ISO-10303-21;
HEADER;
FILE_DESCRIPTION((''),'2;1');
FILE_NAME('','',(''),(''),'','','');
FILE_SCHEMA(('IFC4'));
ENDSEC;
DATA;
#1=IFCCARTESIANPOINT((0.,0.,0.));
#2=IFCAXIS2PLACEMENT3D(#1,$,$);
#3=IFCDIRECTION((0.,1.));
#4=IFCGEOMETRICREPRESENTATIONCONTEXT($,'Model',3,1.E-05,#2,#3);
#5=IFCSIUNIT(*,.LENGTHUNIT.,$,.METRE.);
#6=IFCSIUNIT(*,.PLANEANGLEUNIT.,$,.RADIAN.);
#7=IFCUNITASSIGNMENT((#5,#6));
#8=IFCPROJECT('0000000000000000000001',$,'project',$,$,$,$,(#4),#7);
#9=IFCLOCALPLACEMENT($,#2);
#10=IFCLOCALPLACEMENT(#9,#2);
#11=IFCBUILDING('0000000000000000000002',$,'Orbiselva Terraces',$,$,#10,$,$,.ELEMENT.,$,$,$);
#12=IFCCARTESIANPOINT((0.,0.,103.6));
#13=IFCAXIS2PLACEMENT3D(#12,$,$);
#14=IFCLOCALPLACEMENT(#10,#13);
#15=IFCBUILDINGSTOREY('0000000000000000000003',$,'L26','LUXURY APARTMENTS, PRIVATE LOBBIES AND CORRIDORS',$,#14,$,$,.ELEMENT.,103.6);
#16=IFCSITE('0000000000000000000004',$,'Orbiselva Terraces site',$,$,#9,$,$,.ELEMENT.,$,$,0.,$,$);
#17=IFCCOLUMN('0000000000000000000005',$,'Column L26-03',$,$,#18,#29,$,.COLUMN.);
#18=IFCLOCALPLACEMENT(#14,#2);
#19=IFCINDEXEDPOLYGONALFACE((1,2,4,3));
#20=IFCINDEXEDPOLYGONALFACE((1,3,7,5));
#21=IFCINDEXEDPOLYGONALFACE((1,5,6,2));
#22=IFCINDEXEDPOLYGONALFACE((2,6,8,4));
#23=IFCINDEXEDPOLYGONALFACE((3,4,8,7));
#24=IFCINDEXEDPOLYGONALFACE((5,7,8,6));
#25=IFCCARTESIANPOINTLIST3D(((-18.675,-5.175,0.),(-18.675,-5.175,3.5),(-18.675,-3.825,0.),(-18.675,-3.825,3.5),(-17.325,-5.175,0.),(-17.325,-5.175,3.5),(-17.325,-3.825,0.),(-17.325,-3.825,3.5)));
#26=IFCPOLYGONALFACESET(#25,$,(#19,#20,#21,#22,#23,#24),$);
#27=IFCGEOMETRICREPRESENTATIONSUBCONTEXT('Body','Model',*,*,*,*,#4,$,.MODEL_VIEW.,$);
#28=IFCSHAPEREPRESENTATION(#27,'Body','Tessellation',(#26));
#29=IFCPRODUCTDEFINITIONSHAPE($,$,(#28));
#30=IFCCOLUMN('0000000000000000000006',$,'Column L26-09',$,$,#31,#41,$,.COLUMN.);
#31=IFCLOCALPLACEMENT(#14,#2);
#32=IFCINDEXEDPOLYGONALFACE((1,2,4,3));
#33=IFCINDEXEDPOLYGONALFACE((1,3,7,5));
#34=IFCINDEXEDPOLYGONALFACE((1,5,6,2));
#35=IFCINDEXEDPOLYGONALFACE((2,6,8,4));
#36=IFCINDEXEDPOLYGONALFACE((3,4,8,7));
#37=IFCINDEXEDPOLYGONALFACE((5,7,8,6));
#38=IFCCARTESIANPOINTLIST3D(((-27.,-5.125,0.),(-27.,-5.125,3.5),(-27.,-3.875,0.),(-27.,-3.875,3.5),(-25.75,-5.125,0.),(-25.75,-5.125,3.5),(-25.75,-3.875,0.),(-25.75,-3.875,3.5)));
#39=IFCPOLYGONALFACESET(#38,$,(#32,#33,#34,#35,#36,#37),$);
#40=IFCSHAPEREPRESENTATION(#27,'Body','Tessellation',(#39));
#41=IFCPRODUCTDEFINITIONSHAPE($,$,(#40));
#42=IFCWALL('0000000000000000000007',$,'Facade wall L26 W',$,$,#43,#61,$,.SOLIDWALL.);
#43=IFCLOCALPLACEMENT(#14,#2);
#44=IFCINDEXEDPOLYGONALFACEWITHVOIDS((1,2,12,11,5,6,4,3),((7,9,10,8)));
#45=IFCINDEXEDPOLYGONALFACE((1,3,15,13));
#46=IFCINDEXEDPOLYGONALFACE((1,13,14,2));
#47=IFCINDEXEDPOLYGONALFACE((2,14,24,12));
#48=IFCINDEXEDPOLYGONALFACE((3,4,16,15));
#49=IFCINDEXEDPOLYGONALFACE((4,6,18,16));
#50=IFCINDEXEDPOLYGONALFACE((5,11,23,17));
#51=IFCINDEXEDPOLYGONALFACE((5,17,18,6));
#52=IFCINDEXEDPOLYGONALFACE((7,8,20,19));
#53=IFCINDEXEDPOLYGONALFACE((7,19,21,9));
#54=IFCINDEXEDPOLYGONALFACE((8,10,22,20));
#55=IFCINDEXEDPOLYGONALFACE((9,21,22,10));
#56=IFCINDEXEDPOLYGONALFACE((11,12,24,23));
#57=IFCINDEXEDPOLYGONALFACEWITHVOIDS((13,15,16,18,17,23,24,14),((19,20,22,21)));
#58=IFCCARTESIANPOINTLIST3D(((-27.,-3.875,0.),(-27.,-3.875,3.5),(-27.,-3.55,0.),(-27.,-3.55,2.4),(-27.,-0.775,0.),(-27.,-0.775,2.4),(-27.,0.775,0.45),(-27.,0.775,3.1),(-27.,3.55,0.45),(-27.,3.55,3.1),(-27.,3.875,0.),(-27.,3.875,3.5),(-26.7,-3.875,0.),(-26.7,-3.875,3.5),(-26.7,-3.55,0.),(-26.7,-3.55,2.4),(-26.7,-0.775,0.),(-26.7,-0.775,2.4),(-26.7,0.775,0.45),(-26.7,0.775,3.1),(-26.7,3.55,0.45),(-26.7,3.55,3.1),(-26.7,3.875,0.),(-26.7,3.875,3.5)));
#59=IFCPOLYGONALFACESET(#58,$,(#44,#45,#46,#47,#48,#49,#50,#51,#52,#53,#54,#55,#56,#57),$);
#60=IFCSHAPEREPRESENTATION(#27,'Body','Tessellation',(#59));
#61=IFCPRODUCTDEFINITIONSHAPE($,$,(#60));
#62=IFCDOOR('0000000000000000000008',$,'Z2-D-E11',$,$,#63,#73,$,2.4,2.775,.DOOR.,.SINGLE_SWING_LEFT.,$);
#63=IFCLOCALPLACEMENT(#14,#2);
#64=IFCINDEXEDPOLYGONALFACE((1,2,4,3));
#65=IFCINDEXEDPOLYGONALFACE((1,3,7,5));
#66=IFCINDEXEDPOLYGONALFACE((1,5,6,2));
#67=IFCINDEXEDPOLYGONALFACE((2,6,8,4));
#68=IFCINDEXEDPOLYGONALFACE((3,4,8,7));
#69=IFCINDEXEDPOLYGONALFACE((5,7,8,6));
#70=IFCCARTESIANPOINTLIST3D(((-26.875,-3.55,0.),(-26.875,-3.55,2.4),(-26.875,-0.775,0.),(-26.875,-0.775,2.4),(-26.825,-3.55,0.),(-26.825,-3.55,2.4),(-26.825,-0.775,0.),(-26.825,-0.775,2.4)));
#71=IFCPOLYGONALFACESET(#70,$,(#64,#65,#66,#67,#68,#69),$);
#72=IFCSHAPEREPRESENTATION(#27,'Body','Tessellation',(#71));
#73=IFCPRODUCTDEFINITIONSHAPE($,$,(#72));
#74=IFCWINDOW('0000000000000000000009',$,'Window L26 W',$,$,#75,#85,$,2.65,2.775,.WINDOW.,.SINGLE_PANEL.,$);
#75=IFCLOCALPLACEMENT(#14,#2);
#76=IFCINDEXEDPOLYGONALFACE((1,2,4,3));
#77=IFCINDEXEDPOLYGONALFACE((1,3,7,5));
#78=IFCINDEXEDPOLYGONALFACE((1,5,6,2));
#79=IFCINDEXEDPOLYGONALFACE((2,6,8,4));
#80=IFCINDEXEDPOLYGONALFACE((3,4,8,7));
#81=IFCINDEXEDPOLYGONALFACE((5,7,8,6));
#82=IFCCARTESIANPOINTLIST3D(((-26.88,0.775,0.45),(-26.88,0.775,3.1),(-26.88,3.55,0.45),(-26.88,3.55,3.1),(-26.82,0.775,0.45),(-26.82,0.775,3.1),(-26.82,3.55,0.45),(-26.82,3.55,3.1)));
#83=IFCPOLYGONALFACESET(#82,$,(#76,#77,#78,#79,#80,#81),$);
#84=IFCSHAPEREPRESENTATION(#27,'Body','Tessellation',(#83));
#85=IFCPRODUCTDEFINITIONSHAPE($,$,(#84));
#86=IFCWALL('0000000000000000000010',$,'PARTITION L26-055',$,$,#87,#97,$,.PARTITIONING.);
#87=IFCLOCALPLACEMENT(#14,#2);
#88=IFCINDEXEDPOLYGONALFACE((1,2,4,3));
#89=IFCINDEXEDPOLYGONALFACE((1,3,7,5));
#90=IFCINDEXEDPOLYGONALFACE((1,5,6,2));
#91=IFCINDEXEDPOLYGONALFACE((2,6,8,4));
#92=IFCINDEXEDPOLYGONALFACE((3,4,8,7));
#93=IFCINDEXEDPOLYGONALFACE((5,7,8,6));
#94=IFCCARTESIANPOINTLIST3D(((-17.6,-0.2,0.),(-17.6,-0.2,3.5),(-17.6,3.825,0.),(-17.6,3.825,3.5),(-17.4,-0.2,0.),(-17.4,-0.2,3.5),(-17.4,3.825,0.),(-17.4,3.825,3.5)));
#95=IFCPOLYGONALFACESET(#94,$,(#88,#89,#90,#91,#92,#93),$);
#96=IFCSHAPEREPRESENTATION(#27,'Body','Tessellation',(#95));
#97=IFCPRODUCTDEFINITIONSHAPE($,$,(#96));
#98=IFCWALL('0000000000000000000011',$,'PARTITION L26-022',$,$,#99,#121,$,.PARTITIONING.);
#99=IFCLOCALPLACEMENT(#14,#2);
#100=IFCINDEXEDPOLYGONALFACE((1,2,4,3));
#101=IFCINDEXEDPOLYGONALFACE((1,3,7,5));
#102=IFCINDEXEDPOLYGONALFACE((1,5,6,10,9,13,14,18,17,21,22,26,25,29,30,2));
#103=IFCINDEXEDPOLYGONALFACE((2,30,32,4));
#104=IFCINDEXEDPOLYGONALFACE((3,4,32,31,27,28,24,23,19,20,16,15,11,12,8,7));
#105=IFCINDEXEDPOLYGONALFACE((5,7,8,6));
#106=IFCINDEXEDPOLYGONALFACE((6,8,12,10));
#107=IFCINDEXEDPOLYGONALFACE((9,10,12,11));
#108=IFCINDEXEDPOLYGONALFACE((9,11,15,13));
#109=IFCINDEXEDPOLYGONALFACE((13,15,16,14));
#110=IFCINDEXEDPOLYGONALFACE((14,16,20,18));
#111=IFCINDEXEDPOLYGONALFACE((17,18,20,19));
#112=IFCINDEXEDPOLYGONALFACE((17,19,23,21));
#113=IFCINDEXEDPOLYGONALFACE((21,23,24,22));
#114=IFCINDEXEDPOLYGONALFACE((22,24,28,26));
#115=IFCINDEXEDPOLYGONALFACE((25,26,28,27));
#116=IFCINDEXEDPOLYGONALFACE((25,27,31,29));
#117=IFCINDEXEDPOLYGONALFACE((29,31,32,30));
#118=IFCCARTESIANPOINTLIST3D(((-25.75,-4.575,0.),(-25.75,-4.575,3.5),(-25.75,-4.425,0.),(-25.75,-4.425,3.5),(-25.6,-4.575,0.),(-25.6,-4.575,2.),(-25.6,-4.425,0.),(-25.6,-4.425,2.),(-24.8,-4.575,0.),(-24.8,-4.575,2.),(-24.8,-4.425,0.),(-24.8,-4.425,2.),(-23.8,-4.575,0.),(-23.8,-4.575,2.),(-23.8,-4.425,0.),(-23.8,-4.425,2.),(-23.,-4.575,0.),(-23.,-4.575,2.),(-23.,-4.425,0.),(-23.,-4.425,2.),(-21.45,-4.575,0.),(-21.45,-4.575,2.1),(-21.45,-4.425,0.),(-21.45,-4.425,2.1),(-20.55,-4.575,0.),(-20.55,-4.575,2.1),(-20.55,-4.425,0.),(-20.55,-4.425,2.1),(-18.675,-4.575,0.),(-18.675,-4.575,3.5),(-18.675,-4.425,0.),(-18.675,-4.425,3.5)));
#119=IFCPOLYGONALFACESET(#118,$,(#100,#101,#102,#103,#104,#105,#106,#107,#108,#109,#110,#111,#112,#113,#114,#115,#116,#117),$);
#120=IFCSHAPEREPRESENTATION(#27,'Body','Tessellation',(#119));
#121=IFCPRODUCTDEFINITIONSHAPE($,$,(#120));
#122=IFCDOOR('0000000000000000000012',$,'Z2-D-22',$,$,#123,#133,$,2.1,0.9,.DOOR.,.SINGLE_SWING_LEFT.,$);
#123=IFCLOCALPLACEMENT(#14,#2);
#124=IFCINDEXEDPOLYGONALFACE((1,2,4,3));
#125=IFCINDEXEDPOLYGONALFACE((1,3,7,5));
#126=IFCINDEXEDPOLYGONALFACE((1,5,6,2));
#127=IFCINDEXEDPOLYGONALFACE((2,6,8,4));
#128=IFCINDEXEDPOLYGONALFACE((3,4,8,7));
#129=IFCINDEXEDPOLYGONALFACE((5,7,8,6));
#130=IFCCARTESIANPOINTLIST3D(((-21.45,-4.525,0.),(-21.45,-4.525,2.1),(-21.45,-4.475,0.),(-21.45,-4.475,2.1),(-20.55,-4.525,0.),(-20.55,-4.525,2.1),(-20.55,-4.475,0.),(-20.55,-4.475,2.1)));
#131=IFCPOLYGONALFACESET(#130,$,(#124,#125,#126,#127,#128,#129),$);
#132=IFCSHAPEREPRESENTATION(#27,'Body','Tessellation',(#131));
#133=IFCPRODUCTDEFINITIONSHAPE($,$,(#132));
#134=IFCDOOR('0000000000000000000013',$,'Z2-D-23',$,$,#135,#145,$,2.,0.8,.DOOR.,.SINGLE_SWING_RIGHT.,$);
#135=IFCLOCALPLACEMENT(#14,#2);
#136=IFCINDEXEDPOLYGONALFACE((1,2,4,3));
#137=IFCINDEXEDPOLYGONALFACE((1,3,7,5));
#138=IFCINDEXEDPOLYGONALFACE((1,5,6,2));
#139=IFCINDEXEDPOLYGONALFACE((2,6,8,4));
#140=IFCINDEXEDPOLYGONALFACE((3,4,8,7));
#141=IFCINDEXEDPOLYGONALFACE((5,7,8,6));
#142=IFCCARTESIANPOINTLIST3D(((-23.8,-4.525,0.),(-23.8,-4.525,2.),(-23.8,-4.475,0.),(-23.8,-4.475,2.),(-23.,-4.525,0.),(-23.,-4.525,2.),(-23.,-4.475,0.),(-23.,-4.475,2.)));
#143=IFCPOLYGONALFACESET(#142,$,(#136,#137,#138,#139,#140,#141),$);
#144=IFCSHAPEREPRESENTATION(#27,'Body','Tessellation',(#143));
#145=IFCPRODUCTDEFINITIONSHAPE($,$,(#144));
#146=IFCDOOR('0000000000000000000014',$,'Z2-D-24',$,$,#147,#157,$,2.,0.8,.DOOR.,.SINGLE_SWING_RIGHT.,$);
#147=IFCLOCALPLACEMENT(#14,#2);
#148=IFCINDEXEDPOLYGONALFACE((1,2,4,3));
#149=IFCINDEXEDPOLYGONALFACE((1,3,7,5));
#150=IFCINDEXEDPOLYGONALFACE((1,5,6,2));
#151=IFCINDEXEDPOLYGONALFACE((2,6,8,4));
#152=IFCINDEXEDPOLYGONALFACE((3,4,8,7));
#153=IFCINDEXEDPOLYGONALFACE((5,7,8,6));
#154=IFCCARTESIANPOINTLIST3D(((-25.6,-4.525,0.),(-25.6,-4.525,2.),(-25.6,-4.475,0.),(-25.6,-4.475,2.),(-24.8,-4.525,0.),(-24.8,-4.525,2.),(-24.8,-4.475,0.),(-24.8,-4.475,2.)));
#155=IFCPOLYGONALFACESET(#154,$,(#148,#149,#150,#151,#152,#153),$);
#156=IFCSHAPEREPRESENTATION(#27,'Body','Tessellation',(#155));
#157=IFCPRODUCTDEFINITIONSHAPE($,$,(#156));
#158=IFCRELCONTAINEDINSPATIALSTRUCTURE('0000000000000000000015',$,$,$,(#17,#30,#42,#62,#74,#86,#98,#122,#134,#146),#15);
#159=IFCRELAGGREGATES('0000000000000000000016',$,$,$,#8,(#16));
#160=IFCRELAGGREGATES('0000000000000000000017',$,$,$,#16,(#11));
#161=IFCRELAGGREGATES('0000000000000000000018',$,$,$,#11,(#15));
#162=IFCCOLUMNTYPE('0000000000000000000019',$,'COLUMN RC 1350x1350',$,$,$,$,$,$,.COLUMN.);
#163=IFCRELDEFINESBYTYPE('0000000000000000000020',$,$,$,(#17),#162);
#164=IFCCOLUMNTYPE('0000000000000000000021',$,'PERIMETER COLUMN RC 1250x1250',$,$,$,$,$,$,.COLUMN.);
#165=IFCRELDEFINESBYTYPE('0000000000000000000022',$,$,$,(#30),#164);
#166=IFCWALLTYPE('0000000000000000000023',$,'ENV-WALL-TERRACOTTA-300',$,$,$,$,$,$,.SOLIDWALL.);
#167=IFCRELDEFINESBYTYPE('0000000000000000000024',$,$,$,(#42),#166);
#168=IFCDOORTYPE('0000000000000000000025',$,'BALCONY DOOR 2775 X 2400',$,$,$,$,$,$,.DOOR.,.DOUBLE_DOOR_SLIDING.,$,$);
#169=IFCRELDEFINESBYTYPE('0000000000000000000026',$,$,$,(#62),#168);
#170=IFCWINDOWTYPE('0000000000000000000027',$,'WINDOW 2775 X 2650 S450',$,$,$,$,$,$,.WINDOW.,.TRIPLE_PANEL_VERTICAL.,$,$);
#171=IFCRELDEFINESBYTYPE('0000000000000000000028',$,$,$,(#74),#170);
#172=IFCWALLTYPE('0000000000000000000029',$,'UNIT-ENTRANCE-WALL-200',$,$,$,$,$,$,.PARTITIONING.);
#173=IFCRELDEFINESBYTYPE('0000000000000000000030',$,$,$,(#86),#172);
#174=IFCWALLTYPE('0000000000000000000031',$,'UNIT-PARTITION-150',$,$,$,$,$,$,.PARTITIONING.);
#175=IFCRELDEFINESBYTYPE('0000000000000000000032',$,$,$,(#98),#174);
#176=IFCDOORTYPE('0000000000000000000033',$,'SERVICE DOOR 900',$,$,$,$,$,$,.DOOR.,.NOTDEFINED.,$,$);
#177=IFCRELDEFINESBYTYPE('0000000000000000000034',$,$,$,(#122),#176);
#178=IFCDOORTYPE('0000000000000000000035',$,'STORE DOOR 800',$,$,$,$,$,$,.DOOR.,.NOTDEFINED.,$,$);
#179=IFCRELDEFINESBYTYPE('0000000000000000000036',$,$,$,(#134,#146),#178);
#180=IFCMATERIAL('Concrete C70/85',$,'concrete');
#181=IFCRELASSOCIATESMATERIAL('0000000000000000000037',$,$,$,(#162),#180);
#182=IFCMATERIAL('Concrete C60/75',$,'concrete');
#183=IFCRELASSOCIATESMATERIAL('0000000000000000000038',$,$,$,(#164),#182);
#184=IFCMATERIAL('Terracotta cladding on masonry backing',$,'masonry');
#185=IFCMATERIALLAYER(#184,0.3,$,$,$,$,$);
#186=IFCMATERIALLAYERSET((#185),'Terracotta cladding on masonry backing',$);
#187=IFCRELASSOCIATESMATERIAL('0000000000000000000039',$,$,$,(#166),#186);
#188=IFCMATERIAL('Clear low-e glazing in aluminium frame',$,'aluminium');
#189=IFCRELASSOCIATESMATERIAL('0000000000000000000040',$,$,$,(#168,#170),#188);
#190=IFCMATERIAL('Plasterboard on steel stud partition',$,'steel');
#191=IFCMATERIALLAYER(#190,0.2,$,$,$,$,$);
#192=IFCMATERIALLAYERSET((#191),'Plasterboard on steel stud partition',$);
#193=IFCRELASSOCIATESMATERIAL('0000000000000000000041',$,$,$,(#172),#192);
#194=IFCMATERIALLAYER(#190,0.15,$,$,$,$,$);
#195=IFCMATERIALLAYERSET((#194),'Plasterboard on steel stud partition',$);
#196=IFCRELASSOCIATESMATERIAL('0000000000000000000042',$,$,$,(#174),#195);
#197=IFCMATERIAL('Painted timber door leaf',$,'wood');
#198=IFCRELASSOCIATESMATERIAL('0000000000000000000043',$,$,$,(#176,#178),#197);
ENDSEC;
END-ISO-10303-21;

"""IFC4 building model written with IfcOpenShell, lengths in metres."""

from ifc_helpers import new_model, si_unit, direction, frame, frame_2d, origin, origin_2d, place, context, subcontext, project, spatial, rectangle, extrude, material, layer, layer_set, material_profile, profile_set, type_object, element, fill, save


model = new_model("IFC4")

# Units and contexts
model_context = context("Model", 3, precision=1e-05, world=origin(), true_north=direction((0.0, 1.0)))
body_context = subcontext(model_context, "Body", "Model", "MODEL_VIEW")
ifc_project = project(units=[si_unit("LENGTHUNIT", "METRE"), si_unit("PLANEANGLEUNIT", "RADIAN")], contexts=[model_context])

# Site, building, storey
site_placement = place(None, origin())
site = spatial("IfcSite", under=ifc_project, at=site_placement, Name="Orbiselva Terraces site", CompositionType="ELEMENT", RefElevation=0.0)
building_placement = place(site_placement, origin())
building = spatial("IfcBuilding", under=site, at=building_placement, Name="Orbiselva Terraces", CompositionType="ELEMENT")
storey_placement = place(building_placement, frame((0.0, 0.0, 103.6)))
storey = spatial("IfcBuildingStorey", under=building, at=storey_placement, Name="L26", Description="LUXURY APARTMENTS, PRIVATE LOBBIES AND CORRIDORS", CompositionType="ELEMENT", Elevation=103.6)

# Columns
ifc_material_1 = material(Name="Concrete C70/85", Category="concrete")
ifc_material_profile_1 = material_profile(ifc_material_1, rectangle(XDim=1.35, YDim=1.35, at=origin_2d()), Name="RC 1350x1350")
ifc_profile_set_1 = profile_set([ifc_material_profile_1], Name="Concrete C70/85")
column_type_1 = type_object("IfcColumnType", Name="COLUMN RC 1350x1350", PredefinedType="COLUMN", material=ifc_profile_set_1)
column_1_placement = place(storey_placement, frame((-18.0, -4.5, 0.0), z_axis=(0.0, 0.0, 1.0), x_axis=(1.0, 0.0, 0.0)))
element("IfcColumn", 1, at=column_1_placement, inside=storey, type_object=column_type_1, Name="Column L26-03", PredefinedType="COLUMN", context=body_context, shape_type="SweptSolid", body=[
    extrude(rectangle(XDim=1.35, YDim=1.35, at=origin_2d()), origin(), (0.0, 0.0, 1.0), 3.5),
])
ifc_material_2 = material(Name="Concrete C60/75", Category="concrete")
ifc_material_profile_2 = material_profile(ifc_material_2, rectangle(XDim=1.25, YDim=1.25, at=origin_2d()), Name="RC 1250x1250")
ifc_profile_set_2 = profile_set([ifc_material_profile_2], Name="Concrete C60/75")
column_type_2 = type_object("IfcColumnType", Name="PERIMETER COLUMN RC 1250x1250", PredefinedType="COLUMN", material=ifc_profile_set_2)
column_2_placement = place(storey_placement, frame((-26.375, -4.5, 0.0), z_axis=(0.0, 0.0, 1.0), x_axis=(1.0, 0.0, 0.0)))
element("IfcColumn", 2, at=column_2_placement, inside=storey, type_object=column_type_2, Name="Column L26-09", PredefinedType="COLUMN", context=body_context, shape_type="SweptSolid", body=[
    extrude(rectangle(XDim=1.25, YDim=1.25, at=origin_2d()), origin(), (0.0, 0.0, 1.0), 3.5),
])

# Wall, openings, door, window
ifc_material_3 = material(Name="Terracotta cladding on masonry backing", Category="masonry")
ifc_layer_1 = layer(ifc_material_3, 0.3)
ifc_layer_set_1 = layer_set([ifc_layer_1], Name="Terracotta cladding on masonry backing")
wall_type_1 = type_object("IfcWallType", Name="ENV-WALL-TERRACOTTA-300", PredefinedType="SOLIDWALL", material=ifc_layer_set_1)
wall_1_placement = place(storey_placement, frame((-26.85, -3.875, 0.0), z_axis=(0.0, 0.0, 1.0), x_axis=(0.0, 1.0, 0.0)))
wall_1 = element("IfcWall", 3, at=wall_1_placement, inside=storey, type_object=wall_type_1, Name="Facade wall L26 W", PredefinedType="SOLIDWALL", context=body_context, shape_type="SweptSolid", body=[
    extrude(rectangle(XDim=7.75, YDim=0.3, at=frame_2d((3.875, 0.0))), origin(), (0.0, 0.0, 1.0), 3.5),
])
opening_1_placement = place(wall_1_placement, frame((4.65, 0.0, 0.45)))
opening_1 = element("IfcOpeningElement", 4, at=opening_1_placement, cuts=wall_1, PredefinedType="OPENING", context=body_context, shape_type="SweptSolid", body=[
    extrude(rectangle(XDim=2.775, YDim=2.65, at=frame_2d((1.3875, 1.325))), frame((0.0, 0.16, 0.0), z_axis=(0.0, -1.0, 0.0), x_axis=(1.0, 0.0, 0.0)), (0.0, 0.0, 1.0), 0.32),
])
opening_2_placement = place(wall_1_placement, frame((0.325, 0.0, 0.0)))
opening_2 = element("IfcOpeningElement", 5, at=opening_2_placement, cuts=wall_1, PredefinedType="OPENING", context=body_context, shape_type="SweptSolid", body=[
    extrude(rectangle(XDim=2.775, YDim=2.4, at=frame_2d((1.3875, 1.2))), frame((0.0, 0.16, 0.0), z_axis=(0.0, -1.0, 0.0), x_axis=(1.0, 0.0, 0.0)), (0.0, 0.0, 1.0), 0.32),
])
ifc_material_4 = material(Name="Clear low-e glazing in aluminium frame", Category="aluminium")
door_type_1 = type_object("IfcDoorType", Name="BALCONY DOOR 2775 X 2400", OperationType="DOUBLE_DOOR_SLIDING", PredefinedType="DOOR", material=ifc_material_4)
door_1_placement = place(opening_2_placement, origin())
door_1 = element("IfcDoor", 6, at=door_1_placement, inside=storey, type_object=door_type_1, Name="Z2-D-E11", OperationType="SINGLE_SWING_LEFT", OverallHeight=2.4, OverallWidth=2.775, PredefinedType="DOOR", context=body_context, shape_type="SweptSolid", body=[
    extrude(rectangle(XDim=2.775, YDim=2.4, at=frame_2d((1.3875, 1.2))), frame((0.0, 0.025, 0.0), z_axis=(0.0, -1.0, 0.0), x_axis=(1.0, 0.0, 0.0)), (0.0, 0.0, 1.0), 0.05),
])
fill(opening_2, door_1)
window_type = type_object("IfcWindowType", Name="WINDOW 2775 X 2650 S450", PartitioningType="TRIPLE_PANEL_VERTICAL", PredefinedType="WINDOW", material=ifc_material_4)
window_placement = place(opening_1_placement, origin())
window = element("IfcWindow", 7, at=window_placement, inside=storey, type_object=window_type, Name="Window L26 W", OverallHeight=2.65, OverallWidth=2.775, PartitioningType="SINGLE_PANEL", PredefinedType="WINDOW", context=body_context, shape_type="SweptSolid", body=[
    extrude(rectangle(XDim=2.775, YDim=2.65, at=frame_2d((1.3875, 1.325))), frame((0.0, 0.03, 0.0), z_axis=(0.0, -1.0, 0.0), x_axis=(1.0, 0.0, 0.0)), (0.0, 0.0, 1.0), 0.06),
])
fill(opening_1, window)

# Wall
ifc_material_5 = material(Name="Plasterboard on steel stud partition", Category="steel")
ifc_layer_2 = layer(ifc_material_5, 0.2)
ifc_layer_set_2 = layer_set([ifc_layer_2], Name="Plasterboard on steel stud partition")
wall_type_2 = type_object("IfcWallType", Name="UNIT-ENTRANCE-WALL-200", PredefinedType="PARTITIONING", material=ifc_layer_set_2)
wall_2_placement = place(storey_placement, frame((-17.5, -0.2, 0.0), z_axis=(0.0, 0.0, 1.0), x_axis=(0.0, 1.0, 0.0)))
element("IfcWall", 8, at=wall_2_placement, inside=storey, type_object=wall_type_2, Name="PARTITION L26-055", PredefinedType="PARTITIONING", context=body_context, shape_type="SweptSolid", body=[
    extrude(rectangle(XDim=4.025, YDim=0.2, at=frame_2d((2.0125, 0.0))), origin(), (0.0, 0.0, 1.0), 3.5),
])

# Wall, openings, doors
ifc_layer_3 = layer(ifc_material_5, 0.15)
ifc_layer_set_3 = layer_set([ifc_layer_3], Name="Plasterboard on steel stud partition")
wall_type_3 = type_object("IfcWallType", Name="UNIT-PARTITION-150", PredefinedType="PARTITIONING", material=ifc_layer_set_3)
wall_3_placement = place(storey_placement, frame((-18.675, -4.5, 0.0), z_axis=(0.0, 0.0, 1.0), x_axis=(-1.0, 0.0, 0.0)))
wall_3 = element("IfcWall", 9, at=wall_3_placement, inside=storey, type_object=wall_type_3, Name="PARTITION L26-022", PredefinedType="PARTITIONING", context=body_context, shape_type="SweptSolid", body=[
    extrude(rectangle(XDim=7.075, YDim=0.15, at=frame_2d((3.5375, 0.0))), origin(), (0.0, 0.0, 1.0), 3.5),
])
opening_3_placement = place(wall_3_placement, frame((1.875, 0.0, 0.0)))
opening_3 = element("IfcOpeningElement", 10, at=opening_3_placement, cuts=wall_3, PredefinedType="OPENING", context=body_context, shape_type="SweptSolid", body=[
    extrude(rectangle(XDim=0.9, YDim=2.1, at=frame_2d((0.45, 1.05))), frame((0.0, 0.085, 0.0), z_axis=(0.0, -1.0, 0.0), x_axis=(1.0, 0.0, 0.0)), (0.0, 0.0, 1.0), 0.17),
])
opening_4_placement = place(wall_3_placement, frame((4.325, 0.0, 0.0)))
opening_4 = element("IfcOpeningElement", 11, at=opening_4_placement, cuts=wall_3, PredefinedType="OPENING", context=body_context, shape_type="SweptSolid", body=[
    extrude(rectangle(XDim=0.8, YDim=2.0, at=frame_2d((0.4, 1.0))), frame((0.0, 0.085, 0.0), z_axis=(0.0, -1.0, 0.0), x_axis=(1.0, 0.0, 0.0)), (0.0, 0.0, 1.0), 0.17),
])
opening_5_placement = place(wall_3_placement, frame((6.125, 0.0, 0.0)))
opening_5 = element("IfcOpeningElement", 12, at=opening_5_placement, cuts=wall_3, PredefinedType="OPENING", context=body_context, shape_type="SweptSolid", body=[
    extrude(rectangle(XDim=0.8, YDim=2.0, at=frame_2d((0.4, 1.0))), frame((0.0, 0.085, 0.0), z_axis=(0.0, -1.0, 0.0), x_axis=(1.0, 0.0, 0.0)), (0.0, 0.0, 1.0), 0.17),
])
ifc_material_6 = material(Name="Painted timber door leaf", Category="wood")
door_type_2 = type_object("IfcDoorType", Name="SERVICE DOOR 900", OperationType="NOTDEFINED", PredefinedType="DOOR", material=ifc_material_6)
door_2_placement = place(opening_3_placement, origin())
door_2 = element("IfcDoor", 13, at=door_2_placement, inside=storey, type_object=door_type_2, Name="Z2-D-22", OperationType="SINGLE_SWING_LEFT", OverallHeight=2.1, OverallWidth=0.9, PredefinedType="DOOR", context=body_context, shape_type="SweptSolid", body=[
    extrude(rectangle(XDim=0.9, YDim=2.1, at=frame_2d((0.45, 1.05))), frame((0.0, 0.025, 0.0), z_axis=(0.0, -1.0, 0.0), x_axis=(1.0, 0.0, 0.0)), (0.0, 0.0, 1.0), 0.05),
])
fill(opening_3, door_2)
door_type_3 = type_object("IfcDoorType", Name="STORE DOOR 800", OperationType="NOTDEFINED", PredefinedType="DOOR", material=ifc_material_6)
door_3_placement = place(opening_4_placement, origin())
door_3 = element("IfcDoor", 14, at=door_3_placement, inside=storey, type_object=door_type_3, Name="Z2-D-23", OperationType="SINGLE_SWING_RIGHT", OverallHeight=2.0, OverallWidth=0.8, PredefinedType="DOOR", context=body_context, shape_type="SweptSolid", body=[
    extrude(rectangle(XDim=0.8, YDim=2.0, at=frame_2d((0.4, 1.0))), frame((0.0, 0.025, 0.0), z_axis=(0.0, -1.0, 0.0), x_axis=(1.0, 0.0, 0.0)), (0.0, 0.0, 1.0), 0.05),
])
fill(opening_4, door_3)
door_4_placement = place(opening_5_placement, origin())
door_4 = element("IfcDoor", 15, at=door_4_placement, inside=storey, type_object=door_type_3, Name="Z2-D-24", OperationType="SINGLE_SWING_RIGHT", OverallHeight=2.0, OverallWidth=0.8, PredefinedType="DOOR", context=body_context, shape_type="SweptSolid", body=[
    extrude(rectangle(XDim=0.8, YDim=2.0, at=frame_2d((0.4, 1.0))), frame((0.0, 0.025, 0.0), z_axis=(0.0, -1.0, 0.0), x_axis=(1.0, 0.0, 0.0)), (0.0, 0.0, 1.0), 0.05),
])
fill(opening_5, door_4)

save(model, "model.ifc")
